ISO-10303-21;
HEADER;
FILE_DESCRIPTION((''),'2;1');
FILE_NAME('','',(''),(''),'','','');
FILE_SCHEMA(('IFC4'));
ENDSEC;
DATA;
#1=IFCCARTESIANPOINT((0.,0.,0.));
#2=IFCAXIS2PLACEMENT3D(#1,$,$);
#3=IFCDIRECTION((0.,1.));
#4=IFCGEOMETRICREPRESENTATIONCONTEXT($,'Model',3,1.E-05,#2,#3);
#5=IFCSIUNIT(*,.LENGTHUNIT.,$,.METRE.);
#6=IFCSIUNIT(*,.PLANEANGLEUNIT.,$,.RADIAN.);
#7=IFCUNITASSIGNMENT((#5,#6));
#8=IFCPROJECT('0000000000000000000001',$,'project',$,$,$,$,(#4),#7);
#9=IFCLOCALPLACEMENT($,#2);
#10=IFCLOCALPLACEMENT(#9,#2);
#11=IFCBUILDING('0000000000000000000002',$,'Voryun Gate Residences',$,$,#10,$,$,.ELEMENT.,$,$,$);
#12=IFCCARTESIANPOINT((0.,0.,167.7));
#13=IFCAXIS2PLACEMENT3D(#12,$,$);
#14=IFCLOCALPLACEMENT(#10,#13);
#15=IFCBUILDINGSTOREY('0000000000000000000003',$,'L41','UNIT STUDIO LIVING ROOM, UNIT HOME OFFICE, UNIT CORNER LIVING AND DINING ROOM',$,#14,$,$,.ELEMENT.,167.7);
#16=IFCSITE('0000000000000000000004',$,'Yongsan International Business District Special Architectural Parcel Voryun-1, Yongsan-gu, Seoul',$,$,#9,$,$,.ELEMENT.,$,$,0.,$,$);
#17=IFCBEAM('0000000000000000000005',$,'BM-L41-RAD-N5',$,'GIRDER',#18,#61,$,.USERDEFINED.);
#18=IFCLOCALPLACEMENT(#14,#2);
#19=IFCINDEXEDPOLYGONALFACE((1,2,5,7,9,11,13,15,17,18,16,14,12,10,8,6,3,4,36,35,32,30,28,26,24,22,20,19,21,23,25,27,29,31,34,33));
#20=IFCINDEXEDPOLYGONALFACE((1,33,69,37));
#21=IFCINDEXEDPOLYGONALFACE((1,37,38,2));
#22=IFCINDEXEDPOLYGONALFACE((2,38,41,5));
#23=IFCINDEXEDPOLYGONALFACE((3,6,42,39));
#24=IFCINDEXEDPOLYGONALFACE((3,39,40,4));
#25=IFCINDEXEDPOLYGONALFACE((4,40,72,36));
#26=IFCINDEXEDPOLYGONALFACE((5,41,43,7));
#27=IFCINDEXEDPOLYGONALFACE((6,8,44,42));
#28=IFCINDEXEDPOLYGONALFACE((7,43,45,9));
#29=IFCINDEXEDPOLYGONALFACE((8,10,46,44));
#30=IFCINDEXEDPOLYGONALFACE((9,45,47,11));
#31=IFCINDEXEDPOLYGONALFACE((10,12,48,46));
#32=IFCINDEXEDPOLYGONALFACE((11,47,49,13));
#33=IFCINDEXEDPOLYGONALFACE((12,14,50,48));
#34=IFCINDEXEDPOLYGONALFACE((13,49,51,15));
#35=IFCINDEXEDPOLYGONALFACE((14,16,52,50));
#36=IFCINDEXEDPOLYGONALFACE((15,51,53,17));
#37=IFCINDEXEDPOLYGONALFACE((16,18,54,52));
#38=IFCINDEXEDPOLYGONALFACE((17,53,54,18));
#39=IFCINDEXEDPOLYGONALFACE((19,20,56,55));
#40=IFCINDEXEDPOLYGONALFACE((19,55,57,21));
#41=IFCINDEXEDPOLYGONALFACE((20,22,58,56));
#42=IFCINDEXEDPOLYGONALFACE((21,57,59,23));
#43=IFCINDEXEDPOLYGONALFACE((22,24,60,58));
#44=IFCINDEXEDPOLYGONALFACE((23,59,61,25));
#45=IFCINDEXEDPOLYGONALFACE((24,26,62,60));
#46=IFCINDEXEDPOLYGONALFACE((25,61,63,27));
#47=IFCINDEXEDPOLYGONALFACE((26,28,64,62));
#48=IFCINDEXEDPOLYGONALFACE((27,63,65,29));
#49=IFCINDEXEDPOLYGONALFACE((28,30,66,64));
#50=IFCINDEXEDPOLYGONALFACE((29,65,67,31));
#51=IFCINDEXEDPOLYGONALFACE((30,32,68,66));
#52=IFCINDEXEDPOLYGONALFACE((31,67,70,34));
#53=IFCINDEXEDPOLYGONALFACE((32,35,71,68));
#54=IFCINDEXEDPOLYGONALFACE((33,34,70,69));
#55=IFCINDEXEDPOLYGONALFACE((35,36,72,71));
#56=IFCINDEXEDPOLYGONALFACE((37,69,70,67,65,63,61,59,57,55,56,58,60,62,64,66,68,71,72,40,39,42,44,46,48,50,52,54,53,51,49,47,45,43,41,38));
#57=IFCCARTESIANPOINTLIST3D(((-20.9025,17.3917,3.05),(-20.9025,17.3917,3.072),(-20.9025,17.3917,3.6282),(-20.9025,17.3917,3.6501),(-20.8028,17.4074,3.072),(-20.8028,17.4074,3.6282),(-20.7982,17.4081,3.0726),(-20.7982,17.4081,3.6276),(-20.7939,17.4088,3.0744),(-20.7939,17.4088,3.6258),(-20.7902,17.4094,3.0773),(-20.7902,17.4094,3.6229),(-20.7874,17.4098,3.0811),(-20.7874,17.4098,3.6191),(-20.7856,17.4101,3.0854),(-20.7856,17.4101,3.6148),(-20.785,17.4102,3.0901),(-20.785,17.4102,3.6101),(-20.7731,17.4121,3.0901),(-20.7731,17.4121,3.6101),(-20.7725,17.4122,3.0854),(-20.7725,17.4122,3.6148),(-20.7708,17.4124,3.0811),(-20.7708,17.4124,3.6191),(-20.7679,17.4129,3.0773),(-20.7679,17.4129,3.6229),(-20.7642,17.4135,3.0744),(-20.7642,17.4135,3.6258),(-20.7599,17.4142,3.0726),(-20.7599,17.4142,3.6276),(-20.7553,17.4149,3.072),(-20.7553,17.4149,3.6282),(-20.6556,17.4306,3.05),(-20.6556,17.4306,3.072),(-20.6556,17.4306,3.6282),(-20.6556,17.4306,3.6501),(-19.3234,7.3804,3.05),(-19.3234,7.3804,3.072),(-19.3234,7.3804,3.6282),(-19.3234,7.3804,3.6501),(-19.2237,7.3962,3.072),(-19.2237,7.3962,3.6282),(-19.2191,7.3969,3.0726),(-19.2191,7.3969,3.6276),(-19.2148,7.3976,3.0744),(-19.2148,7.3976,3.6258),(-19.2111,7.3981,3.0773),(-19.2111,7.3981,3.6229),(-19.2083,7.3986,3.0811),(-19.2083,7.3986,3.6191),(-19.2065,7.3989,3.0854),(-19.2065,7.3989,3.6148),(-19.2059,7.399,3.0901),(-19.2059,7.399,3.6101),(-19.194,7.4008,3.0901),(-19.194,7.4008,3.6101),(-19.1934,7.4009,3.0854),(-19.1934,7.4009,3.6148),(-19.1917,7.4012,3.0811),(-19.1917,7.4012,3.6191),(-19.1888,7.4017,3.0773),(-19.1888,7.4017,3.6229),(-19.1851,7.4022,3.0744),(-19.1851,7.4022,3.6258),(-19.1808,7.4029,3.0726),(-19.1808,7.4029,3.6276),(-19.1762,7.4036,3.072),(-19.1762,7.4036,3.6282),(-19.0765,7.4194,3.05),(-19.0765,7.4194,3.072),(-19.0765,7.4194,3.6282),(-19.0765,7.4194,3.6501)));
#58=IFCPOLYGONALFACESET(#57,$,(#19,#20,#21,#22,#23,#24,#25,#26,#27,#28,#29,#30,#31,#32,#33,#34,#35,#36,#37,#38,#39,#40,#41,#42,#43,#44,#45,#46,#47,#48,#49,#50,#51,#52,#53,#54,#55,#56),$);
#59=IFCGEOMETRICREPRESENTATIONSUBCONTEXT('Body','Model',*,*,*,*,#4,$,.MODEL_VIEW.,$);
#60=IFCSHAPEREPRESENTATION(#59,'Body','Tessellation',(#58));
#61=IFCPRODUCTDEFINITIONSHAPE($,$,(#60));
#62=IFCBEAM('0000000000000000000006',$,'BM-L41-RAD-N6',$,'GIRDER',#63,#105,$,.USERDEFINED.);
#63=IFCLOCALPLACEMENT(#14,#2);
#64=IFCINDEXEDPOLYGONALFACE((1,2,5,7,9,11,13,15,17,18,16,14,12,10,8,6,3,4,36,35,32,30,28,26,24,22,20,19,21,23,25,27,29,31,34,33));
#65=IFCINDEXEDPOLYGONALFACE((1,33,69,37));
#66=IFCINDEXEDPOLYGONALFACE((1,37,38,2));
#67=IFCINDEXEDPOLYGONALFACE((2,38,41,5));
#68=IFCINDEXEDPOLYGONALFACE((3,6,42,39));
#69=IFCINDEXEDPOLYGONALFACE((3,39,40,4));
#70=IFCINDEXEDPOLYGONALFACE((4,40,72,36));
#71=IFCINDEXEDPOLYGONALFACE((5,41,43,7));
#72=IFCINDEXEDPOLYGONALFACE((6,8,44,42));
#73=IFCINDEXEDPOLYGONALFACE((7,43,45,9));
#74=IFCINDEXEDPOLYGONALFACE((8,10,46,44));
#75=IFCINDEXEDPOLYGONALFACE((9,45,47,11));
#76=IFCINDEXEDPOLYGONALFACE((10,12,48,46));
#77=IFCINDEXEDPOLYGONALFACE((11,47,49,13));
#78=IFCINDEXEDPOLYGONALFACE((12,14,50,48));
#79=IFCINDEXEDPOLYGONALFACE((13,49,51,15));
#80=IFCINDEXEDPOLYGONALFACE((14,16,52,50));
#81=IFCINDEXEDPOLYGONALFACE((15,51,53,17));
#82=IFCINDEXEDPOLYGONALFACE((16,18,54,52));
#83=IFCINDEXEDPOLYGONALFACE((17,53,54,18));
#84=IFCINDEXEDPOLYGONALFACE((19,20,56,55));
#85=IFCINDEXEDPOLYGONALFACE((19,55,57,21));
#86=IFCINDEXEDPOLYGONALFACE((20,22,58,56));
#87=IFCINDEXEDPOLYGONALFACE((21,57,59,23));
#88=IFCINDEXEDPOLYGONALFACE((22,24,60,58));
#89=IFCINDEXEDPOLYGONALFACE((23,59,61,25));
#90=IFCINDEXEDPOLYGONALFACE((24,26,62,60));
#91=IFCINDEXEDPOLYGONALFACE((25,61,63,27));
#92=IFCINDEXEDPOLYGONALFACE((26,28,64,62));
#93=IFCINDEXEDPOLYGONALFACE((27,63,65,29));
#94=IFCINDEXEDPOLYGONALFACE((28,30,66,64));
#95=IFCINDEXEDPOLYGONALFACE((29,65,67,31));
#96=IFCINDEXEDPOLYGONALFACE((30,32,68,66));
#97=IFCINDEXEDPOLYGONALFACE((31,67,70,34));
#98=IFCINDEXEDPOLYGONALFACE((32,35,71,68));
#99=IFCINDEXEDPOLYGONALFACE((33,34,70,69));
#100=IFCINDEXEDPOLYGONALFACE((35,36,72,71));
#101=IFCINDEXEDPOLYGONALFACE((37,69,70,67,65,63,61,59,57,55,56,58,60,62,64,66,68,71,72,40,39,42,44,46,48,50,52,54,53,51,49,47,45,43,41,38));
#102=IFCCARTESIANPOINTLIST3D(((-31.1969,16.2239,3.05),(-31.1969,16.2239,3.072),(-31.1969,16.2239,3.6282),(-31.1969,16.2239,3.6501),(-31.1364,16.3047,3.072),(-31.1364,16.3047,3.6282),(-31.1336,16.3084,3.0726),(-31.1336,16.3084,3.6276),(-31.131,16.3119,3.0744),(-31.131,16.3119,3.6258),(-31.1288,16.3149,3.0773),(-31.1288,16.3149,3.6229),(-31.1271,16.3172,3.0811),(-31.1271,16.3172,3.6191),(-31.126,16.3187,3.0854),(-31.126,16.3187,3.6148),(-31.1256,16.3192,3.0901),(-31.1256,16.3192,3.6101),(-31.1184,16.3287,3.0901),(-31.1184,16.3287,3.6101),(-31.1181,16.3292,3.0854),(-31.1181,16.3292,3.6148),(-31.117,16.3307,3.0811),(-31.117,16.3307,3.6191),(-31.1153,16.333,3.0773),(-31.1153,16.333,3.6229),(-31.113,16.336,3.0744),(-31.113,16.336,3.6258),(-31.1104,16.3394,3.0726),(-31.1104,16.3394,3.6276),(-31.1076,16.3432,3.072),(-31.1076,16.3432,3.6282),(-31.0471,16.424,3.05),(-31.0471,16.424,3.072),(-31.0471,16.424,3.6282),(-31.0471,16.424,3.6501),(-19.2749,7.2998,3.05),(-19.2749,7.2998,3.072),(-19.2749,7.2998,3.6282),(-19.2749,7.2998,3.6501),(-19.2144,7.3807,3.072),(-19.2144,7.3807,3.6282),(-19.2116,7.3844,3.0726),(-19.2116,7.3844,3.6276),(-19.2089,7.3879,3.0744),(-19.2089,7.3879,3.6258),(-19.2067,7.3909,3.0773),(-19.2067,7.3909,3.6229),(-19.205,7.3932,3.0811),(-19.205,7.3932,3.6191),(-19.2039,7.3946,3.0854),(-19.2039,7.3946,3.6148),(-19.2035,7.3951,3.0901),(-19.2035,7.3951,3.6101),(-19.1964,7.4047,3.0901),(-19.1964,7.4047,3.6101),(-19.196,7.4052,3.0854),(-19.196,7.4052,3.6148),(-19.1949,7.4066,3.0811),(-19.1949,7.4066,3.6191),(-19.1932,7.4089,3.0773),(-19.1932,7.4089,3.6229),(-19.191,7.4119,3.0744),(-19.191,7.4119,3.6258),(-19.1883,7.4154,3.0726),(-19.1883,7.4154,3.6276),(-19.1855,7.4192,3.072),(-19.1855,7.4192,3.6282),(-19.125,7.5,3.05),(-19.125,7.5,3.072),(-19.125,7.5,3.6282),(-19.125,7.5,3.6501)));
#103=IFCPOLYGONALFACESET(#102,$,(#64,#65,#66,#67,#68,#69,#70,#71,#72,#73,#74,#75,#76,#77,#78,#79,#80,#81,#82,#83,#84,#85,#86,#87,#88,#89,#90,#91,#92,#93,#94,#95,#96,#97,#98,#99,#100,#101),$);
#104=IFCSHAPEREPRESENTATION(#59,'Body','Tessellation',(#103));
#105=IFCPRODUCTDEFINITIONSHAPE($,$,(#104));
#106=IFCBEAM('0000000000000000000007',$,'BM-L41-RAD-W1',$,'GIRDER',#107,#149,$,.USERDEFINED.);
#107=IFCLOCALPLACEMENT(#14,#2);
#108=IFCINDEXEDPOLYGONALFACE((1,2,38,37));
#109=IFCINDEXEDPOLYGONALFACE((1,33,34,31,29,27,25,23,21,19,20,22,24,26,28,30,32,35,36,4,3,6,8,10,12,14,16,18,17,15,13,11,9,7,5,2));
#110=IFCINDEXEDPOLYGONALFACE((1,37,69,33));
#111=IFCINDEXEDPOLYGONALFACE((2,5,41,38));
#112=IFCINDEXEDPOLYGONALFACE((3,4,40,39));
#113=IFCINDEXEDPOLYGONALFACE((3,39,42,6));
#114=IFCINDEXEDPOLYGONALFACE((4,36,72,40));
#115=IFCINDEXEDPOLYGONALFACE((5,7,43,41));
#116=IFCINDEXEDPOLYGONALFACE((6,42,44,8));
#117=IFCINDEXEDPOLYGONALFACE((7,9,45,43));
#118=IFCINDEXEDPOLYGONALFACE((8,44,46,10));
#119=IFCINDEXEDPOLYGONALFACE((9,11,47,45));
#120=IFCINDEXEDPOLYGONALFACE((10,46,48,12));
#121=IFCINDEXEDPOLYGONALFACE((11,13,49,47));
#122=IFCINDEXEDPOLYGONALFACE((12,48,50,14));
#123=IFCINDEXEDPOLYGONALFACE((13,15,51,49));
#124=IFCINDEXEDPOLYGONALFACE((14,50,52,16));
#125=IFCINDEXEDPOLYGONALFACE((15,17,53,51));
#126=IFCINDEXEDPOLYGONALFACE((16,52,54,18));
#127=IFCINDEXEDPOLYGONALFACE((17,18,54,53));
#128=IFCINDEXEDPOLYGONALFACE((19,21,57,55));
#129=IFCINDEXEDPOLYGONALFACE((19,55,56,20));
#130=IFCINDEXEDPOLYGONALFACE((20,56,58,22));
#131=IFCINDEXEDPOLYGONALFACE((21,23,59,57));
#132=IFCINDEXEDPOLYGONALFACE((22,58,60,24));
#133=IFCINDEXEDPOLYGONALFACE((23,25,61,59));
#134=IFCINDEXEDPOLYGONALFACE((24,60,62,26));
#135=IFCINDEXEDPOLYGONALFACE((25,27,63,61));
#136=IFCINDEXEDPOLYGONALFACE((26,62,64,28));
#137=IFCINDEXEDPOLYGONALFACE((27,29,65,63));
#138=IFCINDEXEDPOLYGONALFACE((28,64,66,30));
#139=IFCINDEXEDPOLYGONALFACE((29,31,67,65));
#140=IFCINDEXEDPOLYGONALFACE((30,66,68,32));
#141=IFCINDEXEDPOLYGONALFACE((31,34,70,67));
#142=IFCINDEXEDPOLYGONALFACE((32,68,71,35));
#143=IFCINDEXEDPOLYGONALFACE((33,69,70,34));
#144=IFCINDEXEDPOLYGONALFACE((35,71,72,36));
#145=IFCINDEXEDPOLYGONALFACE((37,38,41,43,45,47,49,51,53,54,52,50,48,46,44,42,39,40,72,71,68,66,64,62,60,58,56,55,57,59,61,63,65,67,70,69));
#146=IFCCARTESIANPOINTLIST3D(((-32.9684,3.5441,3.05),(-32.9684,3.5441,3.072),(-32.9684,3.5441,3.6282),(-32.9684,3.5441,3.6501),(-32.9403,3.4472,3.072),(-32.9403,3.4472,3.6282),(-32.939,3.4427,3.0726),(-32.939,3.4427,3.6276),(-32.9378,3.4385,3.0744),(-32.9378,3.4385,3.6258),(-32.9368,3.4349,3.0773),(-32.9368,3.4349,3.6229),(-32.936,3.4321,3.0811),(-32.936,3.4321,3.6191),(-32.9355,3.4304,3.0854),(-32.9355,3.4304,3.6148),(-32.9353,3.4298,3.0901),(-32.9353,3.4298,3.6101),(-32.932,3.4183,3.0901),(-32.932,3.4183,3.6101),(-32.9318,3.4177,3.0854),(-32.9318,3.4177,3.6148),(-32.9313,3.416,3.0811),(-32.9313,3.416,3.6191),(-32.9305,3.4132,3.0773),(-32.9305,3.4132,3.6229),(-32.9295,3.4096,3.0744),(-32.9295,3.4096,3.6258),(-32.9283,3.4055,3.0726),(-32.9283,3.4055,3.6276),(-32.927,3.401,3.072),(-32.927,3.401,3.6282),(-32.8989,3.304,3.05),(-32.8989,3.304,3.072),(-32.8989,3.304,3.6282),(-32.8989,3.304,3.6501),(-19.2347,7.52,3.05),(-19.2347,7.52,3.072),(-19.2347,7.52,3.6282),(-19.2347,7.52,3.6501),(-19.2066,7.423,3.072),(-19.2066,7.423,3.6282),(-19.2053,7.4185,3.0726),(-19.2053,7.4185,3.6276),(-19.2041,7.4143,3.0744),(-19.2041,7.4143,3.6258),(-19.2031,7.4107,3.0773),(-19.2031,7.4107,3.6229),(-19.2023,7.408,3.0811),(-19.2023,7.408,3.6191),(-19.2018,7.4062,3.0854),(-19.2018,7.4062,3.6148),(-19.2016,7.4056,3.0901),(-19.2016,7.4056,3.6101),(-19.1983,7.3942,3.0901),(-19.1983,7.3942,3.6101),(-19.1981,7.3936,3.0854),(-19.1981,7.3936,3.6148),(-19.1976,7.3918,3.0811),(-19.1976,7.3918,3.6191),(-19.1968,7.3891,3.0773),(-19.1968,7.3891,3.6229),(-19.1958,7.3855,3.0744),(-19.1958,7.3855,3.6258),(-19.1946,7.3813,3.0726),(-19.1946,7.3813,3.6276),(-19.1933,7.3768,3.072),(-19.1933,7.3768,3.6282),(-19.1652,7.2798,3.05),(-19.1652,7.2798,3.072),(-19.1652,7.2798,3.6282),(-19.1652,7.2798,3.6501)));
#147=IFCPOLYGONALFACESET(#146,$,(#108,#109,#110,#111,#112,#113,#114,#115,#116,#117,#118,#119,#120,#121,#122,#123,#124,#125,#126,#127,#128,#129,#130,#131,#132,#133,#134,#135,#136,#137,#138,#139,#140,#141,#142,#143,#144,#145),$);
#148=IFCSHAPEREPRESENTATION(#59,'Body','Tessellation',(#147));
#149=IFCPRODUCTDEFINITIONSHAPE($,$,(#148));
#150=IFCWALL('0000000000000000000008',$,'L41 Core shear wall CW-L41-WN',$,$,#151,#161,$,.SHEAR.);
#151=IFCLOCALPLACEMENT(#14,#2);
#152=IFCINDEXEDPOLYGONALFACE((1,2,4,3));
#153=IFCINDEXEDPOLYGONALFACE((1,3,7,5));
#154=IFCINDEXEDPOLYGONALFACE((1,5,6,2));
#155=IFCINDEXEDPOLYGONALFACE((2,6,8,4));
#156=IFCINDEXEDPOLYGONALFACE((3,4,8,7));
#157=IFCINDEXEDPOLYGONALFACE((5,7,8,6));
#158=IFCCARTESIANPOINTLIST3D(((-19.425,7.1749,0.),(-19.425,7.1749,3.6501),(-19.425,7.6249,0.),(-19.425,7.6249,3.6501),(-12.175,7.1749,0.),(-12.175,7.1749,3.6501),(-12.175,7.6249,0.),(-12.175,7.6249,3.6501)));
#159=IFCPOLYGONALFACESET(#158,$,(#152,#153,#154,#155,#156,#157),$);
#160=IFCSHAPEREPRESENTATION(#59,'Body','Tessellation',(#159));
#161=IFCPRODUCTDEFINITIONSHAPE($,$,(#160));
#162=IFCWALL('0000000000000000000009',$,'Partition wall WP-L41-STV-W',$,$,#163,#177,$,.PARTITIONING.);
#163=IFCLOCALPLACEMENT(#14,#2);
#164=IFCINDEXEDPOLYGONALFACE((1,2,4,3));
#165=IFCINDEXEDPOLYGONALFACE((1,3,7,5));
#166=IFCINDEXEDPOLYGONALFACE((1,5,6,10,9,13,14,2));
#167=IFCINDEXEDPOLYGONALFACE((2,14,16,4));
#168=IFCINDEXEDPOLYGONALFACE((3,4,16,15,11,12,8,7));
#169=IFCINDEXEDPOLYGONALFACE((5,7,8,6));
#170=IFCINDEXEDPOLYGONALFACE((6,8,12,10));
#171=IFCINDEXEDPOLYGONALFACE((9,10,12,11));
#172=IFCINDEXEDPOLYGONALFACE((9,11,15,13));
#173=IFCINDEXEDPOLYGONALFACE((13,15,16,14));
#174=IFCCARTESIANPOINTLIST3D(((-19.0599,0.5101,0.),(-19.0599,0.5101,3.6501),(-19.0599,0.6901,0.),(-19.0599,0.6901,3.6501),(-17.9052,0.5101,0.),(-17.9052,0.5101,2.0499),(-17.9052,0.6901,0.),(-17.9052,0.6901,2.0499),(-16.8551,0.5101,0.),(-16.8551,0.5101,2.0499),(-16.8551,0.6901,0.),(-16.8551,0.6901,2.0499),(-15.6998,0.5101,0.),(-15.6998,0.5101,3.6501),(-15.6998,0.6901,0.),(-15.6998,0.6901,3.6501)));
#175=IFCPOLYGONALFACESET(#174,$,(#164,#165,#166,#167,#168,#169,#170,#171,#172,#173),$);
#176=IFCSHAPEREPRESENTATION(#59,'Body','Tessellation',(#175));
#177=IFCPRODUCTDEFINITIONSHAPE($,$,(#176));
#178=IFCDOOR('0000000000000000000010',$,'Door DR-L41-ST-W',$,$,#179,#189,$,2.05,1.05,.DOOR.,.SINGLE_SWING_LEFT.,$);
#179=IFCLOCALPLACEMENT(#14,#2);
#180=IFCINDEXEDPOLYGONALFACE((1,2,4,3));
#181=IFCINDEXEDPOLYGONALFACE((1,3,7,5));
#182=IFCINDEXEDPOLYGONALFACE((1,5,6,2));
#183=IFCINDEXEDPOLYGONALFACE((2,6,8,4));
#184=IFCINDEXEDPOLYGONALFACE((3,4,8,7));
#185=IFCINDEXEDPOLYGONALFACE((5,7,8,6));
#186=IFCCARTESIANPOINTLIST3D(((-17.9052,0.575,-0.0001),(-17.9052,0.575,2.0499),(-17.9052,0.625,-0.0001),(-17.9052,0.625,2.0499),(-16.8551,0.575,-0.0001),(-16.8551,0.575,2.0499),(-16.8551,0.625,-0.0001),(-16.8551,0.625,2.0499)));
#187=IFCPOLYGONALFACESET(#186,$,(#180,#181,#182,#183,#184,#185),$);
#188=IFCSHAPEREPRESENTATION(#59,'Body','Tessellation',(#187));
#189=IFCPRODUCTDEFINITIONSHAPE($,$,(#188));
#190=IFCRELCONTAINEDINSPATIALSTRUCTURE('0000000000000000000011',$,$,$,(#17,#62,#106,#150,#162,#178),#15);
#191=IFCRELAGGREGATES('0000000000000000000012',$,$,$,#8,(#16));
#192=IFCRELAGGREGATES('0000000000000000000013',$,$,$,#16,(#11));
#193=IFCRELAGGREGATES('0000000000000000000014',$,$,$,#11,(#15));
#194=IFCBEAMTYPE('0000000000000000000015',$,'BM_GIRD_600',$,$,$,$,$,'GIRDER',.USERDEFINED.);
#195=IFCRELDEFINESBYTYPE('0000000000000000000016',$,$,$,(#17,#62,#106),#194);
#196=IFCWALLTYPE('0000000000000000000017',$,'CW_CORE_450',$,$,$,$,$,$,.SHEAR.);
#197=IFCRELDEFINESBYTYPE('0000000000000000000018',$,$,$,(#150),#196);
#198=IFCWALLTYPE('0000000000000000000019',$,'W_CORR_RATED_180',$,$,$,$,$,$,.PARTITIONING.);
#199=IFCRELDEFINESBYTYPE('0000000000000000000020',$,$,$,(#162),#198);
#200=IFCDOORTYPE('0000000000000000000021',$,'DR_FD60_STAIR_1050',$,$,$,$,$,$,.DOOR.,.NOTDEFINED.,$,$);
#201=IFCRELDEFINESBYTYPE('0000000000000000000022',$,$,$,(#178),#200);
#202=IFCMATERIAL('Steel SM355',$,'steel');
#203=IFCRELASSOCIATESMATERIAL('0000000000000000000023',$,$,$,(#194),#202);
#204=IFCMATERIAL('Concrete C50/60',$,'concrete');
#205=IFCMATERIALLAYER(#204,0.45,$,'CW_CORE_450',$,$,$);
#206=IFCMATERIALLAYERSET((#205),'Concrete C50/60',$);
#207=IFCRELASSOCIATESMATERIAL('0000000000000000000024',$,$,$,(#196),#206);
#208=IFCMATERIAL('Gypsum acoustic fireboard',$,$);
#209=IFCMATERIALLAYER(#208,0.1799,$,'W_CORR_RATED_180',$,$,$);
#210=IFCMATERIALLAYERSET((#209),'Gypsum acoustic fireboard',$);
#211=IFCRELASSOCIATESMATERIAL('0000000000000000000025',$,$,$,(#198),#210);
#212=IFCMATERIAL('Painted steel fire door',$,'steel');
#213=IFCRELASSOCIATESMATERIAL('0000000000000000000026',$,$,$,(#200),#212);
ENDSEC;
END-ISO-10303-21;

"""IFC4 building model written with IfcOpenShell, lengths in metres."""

from ifc_helpers import new_model, si_unit, direction, frame, frame_2d, origin, origin_2d, place, context, subcontext, project, spatial, rectangle, i_section, extrude, material, layer, layer_set, material_profile, profile_set, type_object, element, fill, save


model = new_model("IFC4")

# Units and contexts
model_context = context("Model", 3, precision=1e-05, world=origin(), true_north=direction((0.0, 1.0)))
body_context = subcontext(model_context, "Body", "Model", "MODEL_VIEW")
ifc_project = project(units=[si_unit("LENGTHUNIT", "METRE"), si_unit("PLANEANGLEUNIT", "RADIAN")], contexts=[model_context])

# Site, building, storey
site_placement = place(None, origin())
site = spatial("IfcSite", under=ifc_project, at=site_placement, Name="Yongsan International Business District Special Architectural Parcel Voryun-1, Yongsan-gu, Seoul", CompositionType="ELEMENT", RefElevation=0.0)
building_placement = place(site_placement, origin())
building = spatial("IfcBuilding", under=site, at=building_placement, Name="Voryun Gate Residences", CompositionType="ELEMENT")
storey_placement = place(building_placement, frame((0.0, 0.0, 167.7)))
storey = spatial("IfcBuildingStorey", under=building, at=storey_placement, Name="L41", Description="UNIT STUDIO LIVING ROOM, UNIT HOME OFFICE, UNIT CORNER LIVING AND DINING ROOM", CompositionType="ELEMENT", Elevation=167.7)

# Beams
ifc_material_1 = material(Name="Steel SM355", Category="steel")
ifc_material_profile_1 = material_profile(ifc_material_1, i_section(OverallWidth=0.25, OverallDepth=0.6001, WebThickness=0.012, FlangeThickness=0.022, FilletRadius=0.0181, at=origin_2d()), Name="H-600x250x12x22")
ifc_profile_set_1 = profile_set([ifc_material_profile_1], Name="Steel SM355")
beam_type_1 = type_object("IfcBeamType", Name="BM_GIRD_600", ElementType="GIRDER", PredefinedType="USERDEFINED", material=ifc_profile_set_1)
beam_1_placement = place(storey_placement, frame((-19.2, 7.3999, 3.3501), z_axis=(-0.155807, 0.987788, 0.0), x_axis=(-0.987788, -0.155807, 0.0)))
element("IfcBeam", 1, at=beam_1_placement, inside=storey, type_object=beam_type_1, Name="BM-L41-RAD-N5", ObjectType="GIRDER", PredefinedType="USERDEFINED", context=body_context, shape_type="SweptSolid", body=[
    extrude(i_section(OverallWidth=0.25, OverallDepth=0.6001, WebThickness=0.012, FlangeThickness=0.022, FilletRadius=0.0181, at=origin_2d()), origin(), (0.0, 0.0, 1.0), 10.135),
])
beam_2_placement = place(storey_placement, frame((-19.2, 7.3999, 3.3501), z_axis=(-0.800564, 0.599247, 0.0), x_axis=(-0.599247, -0.800564, 0.0)))
element("IfcBeam", 2, at=beam_2_placement, inside=storey, type_object=beam_type_1, Name="BM-L41-RAD-N6", ObjectType="GIRDER", PredefinedType="USERDEFINED", context=body_context, shape_type="SweptSolid", body=[
    extrude(i_section(OverallWidth=0.25, OverallDepth=0.6001, WebThickness=0.012, FlangeThickness=0.022, FilletRadius=0.0181, at=origin_2d()), origin(), (0.0, 0.0, 1.0), 14.8921),
])
beam_3_placement = place(storey_placement, frame((-19.2, 7.3999, 3.3501), z_axis=(-0.960559, -0.278078, 0.0), x_axis=(0.278078, -0.960559, 0.0)))
element("IfcBeam", 3, at=beam_3_placement, inside=storey, type_object=beam_type_1, Name="BM-L41-RAD-W1", ObjectType="GIRDER", PredefinedType="USERDEFINED", context=body_context, shape_type="SweptSolid", body=[
    extrude(i_section(OverallWidth=0.25, OverallDepth=0.6001, WebThickness=0.012, FlangeThickness=0.022, FilletRadius=0.0181, at=origin_2d()), origin(), (0.0, 0.0, 1.0), 14.2976),
])

# Wall
ifc_material_2 = material(Name="Concrete C50/60", Category="concrete")
ifc_layer_1 = layer(ifc_material_2, 0.45, Name="CW_CORE_450")
ifc_layer_set_1 = layer_set([ifc_layer_1], Name="Concrete C50/60")
wall_type_1 = type_object("IfcWallType", Name="CW_CORE_450", PredefinedType="SHEAR", material=ifc_layer_set_1)
wall_1_placement = place(storey_placement, frame((-19.425, 7.3999, 0.0), z_axis=(0.0, 0.0, 1.0), x_axis=(1.0, 0.0, 0.0)))
element("IfcWall", 4, at=wall_1_placement, inside=storey, type_object=wall_type_1, Name="L41 Core shear wall CW-L41-WN", PredefinedType="SHEAR", context=body_context, shape_type="SweptSolid", body=[
    extrude(rectangle(XDim=7.25, YDim=0.45, at=frame_2d((3.625, 0.0))), origin(), (0.0, 0.0, 1.0), 3.6501),
])

# Wall, opening, door
ifc_material_3 = material(Name="Gypsum acoustic fireboard")
ifc_layer_2 = layer(ifc_material_3, 0.1799, Name="W_CORR_RATED_180")
ifc_layer_set_2 = layer_set([ifc_layer_2], Name="Gypsum acoustic fireboard")
wall_type_2 = type_object("IfcWallType", Name="W_CORR_RATED_180", PredefinedType="PARTITIONING", material=ifc_layer_set_2)
wall_2_placement = place(storey_placement, frame((-19.0601, 0.6001, 0.0), z_axis=(0.0, 0.0, 1.0), x_axis=(1.0, 0.0, 0.0)))
wall_2 = element("IfcWall", 5, at=wall_2_placement, inside=storey, type_object=wall_type_2, Name="Partition wall WP-L41-STV-W", PredefinedType="PARTITIONING", context=body_context, shape_type="SweptSolid", body=[
    extrude(rectangle(XDim=3.3601, YDim=0.1799, at=frame_2d((1.6802, 0.0))), origin(), (0.0, 0.0, 1.0), 3.6501),
])
opening_1_placement = place(wall_2_placement, frame((1.155, 0.0, 0.0)))
opening_1 = element("IfcOpeningElement", 6, at=opening_1_placement, cuts=wall_2, PredefinedType="OPENING", context=body_context, shape_type="SweptSolid", body=[
    extrude(rectangle(XDim=1.05, YDim=2.05, at=frame_2d((0.5249, 1.0249))), frame((0.0, 0.0999, 0.0), z_axis=(0.0, -1.0, 0.0), x_axis=(1.0, 0.0, 0.0)), (0.0, 0.0, 1.0), 0.2),
])
ifc_material_4 = material(Name="Painted steel fire door", Category="steel")
door_type_1 = type_object("IfcDoorType", Name="DR_FD60_STAIR_1050", OperationType="NOTDEFINED", PredefinedType="DOOR", material=ifc_material_4)
door_1_placement = place(opening_1_placement, origin())
door_1 = element("IfcDoor", 7, at=door_1_placement, inside=storey, type_object=door_type_1, Name="Door DR-L41-ST-W", OperationType="SINGLE_SWING_LEFT", OverallHeight=2.05, OverallWidth=1.05, PredefinedType="DOOR", context=body_context, shape_type="SweptSolid", body=[
    extrude(rectangle(XDim=1.05, YDim=2.05, at=frame_2d((0.5249, 1.0249))), frame((0.0, 0.0249, 0.0), z_axis=(0.0, -1.0, 0.0), x_axis=(1.0, 0.0, 0.0)), (0.0, 0.0, 1.0), 0.05),
])
fill(opening_1, door_1)

save(model, "model.ifc")
